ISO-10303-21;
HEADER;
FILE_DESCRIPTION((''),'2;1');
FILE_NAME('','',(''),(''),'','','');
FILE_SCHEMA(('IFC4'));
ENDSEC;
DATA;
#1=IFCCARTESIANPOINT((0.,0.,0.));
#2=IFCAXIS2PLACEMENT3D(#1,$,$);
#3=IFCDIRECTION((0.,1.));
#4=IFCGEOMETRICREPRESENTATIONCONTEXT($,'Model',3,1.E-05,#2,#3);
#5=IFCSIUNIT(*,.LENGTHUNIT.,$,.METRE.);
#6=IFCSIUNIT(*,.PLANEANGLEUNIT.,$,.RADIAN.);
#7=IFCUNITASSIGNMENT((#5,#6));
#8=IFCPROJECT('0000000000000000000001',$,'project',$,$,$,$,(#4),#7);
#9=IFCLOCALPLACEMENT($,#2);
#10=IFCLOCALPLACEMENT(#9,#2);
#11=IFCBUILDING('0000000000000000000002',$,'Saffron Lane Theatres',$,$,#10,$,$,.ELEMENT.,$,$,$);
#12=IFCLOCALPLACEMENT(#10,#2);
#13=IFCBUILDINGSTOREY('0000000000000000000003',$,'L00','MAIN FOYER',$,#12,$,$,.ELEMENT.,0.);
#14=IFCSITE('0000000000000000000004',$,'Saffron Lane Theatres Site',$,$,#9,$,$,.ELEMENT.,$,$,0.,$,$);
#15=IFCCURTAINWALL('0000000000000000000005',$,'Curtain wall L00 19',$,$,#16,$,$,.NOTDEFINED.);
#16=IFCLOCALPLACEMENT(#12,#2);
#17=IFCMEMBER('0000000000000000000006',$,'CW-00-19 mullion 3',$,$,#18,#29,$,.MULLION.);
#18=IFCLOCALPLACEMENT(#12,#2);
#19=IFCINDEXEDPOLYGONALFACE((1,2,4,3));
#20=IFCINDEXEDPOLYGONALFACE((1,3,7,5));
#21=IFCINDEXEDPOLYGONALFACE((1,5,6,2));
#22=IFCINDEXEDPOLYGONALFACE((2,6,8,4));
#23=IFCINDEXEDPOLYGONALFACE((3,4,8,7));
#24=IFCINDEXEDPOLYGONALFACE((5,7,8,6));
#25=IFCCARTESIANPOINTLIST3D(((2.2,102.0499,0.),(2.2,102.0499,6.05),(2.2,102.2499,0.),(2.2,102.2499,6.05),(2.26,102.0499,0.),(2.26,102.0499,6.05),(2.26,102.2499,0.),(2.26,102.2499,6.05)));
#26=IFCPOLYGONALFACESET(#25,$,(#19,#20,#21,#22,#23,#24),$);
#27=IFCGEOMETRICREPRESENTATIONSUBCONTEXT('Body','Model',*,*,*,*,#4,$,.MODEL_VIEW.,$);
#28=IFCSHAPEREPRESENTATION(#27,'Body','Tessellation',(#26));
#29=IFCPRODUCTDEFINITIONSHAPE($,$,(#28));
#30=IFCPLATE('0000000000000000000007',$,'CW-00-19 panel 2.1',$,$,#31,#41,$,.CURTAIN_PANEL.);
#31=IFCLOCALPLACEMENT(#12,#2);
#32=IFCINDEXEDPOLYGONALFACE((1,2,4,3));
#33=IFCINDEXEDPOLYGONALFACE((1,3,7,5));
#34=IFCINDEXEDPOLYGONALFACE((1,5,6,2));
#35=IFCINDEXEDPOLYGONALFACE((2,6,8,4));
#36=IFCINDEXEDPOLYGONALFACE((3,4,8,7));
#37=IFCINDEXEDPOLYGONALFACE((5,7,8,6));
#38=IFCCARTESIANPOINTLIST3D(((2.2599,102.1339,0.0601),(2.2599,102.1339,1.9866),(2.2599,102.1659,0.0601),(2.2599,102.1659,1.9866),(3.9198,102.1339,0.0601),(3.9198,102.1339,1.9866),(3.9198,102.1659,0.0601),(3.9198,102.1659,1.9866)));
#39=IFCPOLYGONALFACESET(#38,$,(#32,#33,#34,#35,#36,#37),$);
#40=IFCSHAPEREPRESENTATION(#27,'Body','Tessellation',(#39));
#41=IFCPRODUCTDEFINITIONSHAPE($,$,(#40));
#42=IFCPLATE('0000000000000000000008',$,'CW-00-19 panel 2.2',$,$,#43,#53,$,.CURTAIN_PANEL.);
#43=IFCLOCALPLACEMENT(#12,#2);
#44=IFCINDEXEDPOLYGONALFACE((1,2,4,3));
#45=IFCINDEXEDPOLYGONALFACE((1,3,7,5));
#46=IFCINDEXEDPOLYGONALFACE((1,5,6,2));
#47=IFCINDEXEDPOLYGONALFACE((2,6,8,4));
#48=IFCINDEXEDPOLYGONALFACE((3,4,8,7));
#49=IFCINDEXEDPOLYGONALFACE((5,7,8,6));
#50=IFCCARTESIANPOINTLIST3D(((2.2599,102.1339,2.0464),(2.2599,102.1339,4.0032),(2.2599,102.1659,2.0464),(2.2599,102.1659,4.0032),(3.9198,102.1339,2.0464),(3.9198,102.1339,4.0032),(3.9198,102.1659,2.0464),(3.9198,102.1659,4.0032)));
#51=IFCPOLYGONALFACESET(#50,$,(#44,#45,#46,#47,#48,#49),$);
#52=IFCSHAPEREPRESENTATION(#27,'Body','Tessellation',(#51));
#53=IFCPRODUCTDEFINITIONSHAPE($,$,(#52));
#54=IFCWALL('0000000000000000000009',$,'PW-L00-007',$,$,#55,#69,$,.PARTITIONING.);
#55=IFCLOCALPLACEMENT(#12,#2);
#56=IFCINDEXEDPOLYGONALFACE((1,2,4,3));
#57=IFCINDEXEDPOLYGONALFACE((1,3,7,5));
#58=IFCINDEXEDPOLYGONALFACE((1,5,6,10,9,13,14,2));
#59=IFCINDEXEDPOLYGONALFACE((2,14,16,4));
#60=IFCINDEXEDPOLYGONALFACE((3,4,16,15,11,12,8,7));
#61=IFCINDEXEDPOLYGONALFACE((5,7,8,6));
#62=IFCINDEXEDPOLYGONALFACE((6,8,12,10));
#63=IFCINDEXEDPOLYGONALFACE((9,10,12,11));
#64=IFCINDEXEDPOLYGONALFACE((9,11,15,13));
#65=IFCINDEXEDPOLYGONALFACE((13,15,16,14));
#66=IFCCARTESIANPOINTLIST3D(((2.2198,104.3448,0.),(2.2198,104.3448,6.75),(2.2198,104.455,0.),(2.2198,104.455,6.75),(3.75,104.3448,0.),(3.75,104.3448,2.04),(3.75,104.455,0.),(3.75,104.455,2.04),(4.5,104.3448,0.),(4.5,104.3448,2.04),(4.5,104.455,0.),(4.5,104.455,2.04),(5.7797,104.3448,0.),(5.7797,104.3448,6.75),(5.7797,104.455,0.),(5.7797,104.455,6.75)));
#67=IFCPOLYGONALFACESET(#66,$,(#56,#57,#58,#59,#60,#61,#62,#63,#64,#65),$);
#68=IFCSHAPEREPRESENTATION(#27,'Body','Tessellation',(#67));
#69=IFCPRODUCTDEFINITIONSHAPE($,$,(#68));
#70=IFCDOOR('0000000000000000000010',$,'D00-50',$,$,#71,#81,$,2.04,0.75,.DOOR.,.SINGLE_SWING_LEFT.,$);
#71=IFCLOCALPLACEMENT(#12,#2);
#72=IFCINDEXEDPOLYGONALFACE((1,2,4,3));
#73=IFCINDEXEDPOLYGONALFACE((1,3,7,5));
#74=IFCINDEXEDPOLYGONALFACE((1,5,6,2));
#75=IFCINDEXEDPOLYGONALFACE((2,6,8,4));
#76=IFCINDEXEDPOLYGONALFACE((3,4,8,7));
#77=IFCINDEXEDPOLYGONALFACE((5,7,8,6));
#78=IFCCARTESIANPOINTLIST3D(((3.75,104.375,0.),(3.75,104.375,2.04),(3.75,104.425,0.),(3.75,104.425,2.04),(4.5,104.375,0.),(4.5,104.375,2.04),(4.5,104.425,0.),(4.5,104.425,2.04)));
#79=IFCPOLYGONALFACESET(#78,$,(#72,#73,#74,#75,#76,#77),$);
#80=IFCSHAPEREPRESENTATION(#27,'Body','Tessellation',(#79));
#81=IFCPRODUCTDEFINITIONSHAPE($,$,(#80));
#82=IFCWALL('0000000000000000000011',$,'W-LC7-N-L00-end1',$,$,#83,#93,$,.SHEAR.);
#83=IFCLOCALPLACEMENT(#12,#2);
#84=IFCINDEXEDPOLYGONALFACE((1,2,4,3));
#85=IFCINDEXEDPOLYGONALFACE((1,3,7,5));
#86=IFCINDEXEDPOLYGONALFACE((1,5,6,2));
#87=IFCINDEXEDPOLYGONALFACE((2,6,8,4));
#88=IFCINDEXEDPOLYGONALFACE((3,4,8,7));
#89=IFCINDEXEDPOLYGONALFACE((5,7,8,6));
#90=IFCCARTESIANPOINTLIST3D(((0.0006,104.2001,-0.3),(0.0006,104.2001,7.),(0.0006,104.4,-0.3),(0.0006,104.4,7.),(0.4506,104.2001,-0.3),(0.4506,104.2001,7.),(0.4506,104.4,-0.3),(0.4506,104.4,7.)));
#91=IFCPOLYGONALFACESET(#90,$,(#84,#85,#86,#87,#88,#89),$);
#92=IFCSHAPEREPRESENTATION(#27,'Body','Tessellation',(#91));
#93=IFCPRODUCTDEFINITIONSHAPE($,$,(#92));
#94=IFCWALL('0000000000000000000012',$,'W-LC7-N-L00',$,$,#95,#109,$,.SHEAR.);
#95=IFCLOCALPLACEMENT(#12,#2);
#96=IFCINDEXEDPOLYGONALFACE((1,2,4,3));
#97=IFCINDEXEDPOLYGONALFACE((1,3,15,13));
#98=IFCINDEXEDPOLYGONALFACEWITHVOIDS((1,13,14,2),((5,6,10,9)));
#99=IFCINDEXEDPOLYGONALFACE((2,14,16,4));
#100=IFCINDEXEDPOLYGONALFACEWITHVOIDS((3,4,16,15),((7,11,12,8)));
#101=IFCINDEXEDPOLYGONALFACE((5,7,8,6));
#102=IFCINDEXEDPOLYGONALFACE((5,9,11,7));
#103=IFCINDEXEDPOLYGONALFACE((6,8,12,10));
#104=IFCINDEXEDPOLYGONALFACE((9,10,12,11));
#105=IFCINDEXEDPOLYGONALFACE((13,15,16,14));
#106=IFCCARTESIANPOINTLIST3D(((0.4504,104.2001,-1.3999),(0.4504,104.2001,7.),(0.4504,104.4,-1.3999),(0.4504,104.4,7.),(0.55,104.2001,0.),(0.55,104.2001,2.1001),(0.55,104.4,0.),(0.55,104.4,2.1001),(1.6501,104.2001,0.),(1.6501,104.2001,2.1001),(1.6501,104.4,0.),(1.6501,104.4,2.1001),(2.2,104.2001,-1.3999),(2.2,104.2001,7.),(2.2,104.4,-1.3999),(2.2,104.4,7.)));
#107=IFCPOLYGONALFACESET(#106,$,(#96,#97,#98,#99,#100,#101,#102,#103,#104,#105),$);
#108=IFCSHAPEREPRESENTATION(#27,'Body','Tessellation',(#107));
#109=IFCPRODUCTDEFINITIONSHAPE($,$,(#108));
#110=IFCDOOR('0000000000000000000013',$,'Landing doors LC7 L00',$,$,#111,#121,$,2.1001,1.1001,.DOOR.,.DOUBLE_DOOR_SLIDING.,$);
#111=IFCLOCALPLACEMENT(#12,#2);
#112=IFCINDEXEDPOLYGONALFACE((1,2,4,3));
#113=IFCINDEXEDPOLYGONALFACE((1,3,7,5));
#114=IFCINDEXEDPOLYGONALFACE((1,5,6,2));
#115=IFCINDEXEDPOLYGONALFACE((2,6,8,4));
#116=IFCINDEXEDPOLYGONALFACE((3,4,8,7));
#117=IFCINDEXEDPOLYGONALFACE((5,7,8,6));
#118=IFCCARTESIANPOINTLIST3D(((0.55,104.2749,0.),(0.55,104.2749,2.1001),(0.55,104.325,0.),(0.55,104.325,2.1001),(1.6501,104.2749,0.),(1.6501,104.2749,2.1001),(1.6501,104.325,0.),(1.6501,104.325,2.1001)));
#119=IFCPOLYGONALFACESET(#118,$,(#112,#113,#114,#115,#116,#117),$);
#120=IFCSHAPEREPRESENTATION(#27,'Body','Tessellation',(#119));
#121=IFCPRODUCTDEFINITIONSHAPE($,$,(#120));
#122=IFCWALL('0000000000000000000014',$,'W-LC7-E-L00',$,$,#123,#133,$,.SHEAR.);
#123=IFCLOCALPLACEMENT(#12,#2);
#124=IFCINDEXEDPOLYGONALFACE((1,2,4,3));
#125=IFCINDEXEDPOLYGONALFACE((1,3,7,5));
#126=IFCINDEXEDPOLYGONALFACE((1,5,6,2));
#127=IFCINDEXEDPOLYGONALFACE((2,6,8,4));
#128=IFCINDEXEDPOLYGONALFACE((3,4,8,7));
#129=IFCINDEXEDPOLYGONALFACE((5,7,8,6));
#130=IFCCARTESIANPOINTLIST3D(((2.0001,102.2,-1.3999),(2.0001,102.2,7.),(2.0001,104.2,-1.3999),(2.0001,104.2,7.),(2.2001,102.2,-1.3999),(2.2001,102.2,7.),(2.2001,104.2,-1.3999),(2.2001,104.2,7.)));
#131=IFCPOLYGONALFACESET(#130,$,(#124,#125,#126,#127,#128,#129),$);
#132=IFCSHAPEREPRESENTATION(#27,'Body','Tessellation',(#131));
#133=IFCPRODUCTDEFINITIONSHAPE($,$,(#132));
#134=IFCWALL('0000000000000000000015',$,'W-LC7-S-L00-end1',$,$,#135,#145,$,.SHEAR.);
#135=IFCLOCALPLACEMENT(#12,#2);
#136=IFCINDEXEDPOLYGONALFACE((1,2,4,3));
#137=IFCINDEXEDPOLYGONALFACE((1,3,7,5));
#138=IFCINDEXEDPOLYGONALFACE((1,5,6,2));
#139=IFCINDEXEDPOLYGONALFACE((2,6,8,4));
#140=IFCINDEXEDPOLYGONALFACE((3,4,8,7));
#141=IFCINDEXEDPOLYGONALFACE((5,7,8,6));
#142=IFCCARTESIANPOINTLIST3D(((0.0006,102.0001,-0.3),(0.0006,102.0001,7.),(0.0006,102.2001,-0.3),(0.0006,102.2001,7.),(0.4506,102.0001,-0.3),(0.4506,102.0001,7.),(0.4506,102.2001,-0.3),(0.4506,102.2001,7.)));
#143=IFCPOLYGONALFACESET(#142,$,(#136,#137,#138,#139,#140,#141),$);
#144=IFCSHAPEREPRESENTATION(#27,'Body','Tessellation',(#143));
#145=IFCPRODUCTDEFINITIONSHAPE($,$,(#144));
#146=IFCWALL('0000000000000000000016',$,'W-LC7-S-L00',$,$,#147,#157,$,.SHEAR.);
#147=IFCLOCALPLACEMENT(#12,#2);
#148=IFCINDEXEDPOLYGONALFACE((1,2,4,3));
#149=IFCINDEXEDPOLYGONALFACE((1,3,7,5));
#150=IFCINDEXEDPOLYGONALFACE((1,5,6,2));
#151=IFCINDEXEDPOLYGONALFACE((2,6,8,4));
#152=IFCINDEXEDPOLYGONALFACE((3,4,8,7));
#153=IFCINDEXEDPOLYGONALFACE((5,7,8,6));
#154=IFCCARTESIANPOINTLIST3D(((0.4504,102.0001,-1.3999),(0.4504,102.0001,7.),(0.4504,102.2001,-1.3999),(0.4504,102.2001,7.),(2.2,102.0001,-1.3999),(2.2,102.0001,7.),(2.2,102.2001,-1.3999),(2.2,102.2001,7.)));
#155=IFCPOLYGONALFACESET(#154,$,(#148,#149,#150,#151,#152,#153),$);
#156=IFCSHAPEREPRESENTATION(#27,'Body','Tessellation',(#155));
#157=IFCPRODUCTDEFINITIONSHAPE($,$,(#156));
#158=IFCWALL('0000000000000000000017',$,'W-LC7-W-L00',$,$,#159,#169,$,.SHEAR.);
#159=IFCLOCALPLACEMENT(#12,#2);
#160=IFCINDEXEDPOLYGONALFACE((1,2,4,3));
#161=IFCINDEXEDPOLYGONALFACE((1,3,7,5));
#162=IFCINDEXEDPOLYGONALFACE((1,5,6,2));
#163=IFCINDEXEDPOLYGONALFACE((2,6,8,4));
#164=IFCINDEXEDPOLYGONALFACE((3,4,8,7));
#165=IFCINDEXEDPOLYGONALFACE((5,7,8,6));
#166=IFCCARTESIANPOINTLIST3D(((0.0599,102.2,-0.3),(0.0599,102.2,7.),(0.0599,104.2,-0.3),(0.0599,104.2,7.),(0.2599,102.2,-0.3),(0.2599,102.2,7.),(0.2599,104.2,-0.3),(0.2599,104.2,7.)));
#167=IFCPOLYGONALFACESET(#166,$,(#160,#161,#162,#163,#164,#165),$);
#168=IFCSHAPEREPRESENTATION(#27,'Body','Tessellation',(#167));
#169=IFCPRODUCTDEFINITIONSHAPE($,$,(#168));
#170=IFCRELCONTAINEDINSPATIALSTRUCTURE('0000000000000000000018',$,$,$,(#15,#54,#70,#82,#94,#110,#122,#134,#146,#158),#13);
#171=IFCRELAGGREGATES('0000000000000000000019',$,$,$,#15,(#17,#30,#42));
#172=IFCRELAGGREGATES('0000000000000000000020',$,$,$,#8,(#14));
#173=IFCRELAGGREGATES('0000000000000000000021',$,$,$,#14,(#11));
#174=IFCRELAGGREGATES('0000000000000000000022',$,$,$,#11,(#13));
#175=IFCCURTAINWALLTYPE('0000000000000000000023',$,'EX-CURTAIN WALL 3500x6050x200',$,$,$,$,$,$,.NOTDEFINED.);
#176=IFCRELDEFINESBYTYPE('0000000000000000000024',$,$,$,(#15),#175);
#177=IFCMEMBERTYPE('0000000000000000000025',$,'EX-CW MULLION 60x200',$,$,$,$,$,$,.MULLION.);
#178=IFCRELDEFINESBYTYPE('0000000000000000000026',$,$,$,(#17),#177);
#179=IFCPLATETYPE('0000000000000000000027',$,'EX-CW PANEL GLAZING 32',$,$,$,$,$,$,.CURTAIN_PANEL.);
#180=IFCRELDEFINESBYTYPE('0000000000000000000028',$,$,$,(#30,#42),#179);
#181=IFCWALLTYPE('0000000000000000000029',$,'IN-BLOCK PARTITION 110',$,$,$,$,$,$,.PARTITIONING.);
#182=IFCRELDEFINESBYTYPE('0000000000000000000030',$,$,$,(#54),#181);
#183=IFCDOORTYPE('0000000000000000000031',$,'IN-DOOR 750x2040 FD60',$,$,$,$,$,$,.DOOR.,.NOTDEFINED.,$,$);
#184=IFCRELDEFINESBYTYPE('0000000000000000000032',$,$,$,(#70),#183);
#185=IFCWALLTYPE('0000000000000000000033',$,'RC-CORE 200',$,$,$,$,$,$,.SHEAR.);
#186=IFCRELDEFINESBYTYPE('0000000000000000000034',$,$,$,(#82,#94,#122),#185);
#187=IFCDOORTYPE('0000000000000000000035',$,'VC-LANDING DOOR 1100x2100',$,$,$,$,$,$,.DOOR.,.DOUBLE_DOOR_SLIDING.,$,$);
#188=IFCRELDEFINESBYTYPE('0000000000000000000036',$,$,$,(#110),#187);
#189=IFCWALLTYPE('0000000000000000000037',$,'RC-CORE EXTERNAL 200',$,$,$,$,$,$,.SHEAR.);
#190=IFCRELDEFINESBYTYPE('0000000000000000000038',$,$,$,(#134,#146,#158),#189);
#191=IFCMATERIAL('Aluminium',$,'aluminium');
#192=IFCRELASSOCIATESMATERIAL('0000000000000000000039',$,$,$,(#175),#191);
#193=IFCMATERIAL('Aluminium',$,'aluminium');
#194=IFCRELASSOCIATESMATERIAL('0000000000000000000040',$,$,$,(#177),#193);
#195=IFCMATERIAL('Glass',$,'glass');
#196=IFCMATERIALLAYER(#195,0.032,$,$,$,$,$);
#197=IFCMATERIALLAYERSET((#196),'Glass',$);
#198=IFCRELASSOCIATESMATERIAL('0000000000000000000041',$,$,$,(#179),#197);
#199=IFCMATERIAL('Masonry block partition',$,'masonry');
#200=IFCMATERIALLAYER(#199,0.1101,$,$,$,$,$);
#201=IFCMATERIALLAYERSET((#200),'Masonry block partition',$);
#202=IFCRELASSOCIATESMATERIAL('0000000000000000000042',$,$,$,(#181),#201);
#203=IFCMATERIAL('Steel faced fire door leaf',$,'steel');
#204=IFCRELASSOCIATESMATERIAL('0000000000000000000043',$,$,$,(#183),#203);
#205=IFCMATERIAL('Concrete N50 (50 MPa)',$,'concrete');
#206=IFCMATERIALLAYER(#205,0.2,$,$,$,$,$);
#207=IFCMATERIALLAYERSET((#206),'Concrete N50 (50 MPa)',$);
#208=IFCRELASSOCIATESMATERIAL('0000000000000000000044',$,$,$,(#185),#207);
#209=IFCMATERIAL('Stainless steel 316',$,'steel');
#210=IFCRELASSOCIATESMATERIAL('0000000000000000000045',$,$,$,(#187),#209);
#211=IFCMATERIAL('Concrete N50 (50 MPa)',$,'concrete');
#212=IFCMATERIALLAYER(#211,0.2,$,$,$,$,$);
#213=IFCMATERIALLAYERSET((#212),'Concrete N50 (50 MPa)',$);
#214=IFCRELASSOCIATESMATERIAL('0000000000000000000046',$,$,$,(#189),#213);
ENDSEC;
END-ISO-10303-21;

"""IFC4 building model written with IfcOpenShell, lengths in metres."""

from ifc_helpers import new_model, si_unit, direction, frame, frame_2d, origin, origin_2d, place, context, subcontext, project, spatial, rectangle, extrude, material, layer, layer_set, material_profile, profile_set, type_object, element, fill, aggregate, save


model = new_model("IFC4")

# Units and contexts
model_context = context("Model", 3, precision=1e-05, world=origin(), true_north=direction((0.0, 1.0)))
body_context = subcontext(model_context, "Body", "Model", "MODEL_VIEW")
ifc_project = project(units=[si_unit("LENGTHUNIT", "METRE"), si_unit("PLANEANGLEUNIT", "RADIAN")], contexts=[model_context])

# Site, building, storey
site_placement = place(None, origin())
site = spatial("IfcSite", under=ifc_project, at=site_placement, Name="Saffron Lane Theatres Site", CompositionType="ELEMENT", RefElevation=0.0)
building_placement = place(site_placement, origin())
building = spatial("IfcBuilding", under=site, at=building_placement, Name="Saffron Lane Theatres", CompositionType="ELEMENT")
storey_placement = place(building_placement, origin())
storey = spatial("IfcBuildingStorey", under=building, at=storey_placement, Name="L00", Description="MAIN FOYER", CompositionType="ELEMENT", Elevation=0.0)

# Curtain wall, member, plates
ifc_material_1 = material(Name="Aluminium", Category="aluminium")
curtain_wall_type = type_object("IfcCurtainWallType", Name="EX-CURTAIN WALL 3500x6050x200", PredefinedType="NOTDEFINED", material=ifc_material_1)
curtain_wall_placement = place(storey_placement, origin())
curtain_wall = element("IfcCurtainWall", 1, at=curtain_wall_placement, inside=storey, type_object=curtain_wall_type, Name="Curtain wall L00 19", PredefinedType="NOTDEFINED")
ifc_material_2 = material(Name="Aluminium", Category="aluminium")
ifc_material_profile = material_profile(ifc_material_2, rectangle(XDim=0.0601, YDim=0.2, at=origin_2d()))
ifc_profile_set = profile_set([ifc_material_profile], Name="Aluminium")
member_type = type_object("IfcMemberType", Name="EX-CW MULLION 60x200", PredefinedType="MULLION", material=ifc_profile_set)
member_placement = place(storey_placement, frame((2.23, 102.1499, 0.0), z_axis=(0.0, 0.0, 1.0), x_axis=(-1.0, 0.0, 0.0)))
member = element("IfcMember", 2, at=member_placement, type_object=member_type, Name="CW-00-19 mullion 3", PredefinedType="MULLION", context=body_context, shape_type="SweptSolid", body=[
    extrude(rectangle(XDim=0.0601, YDim=0.2, at=origin_2d()), origin(), (0.0, 0.0, 1.0), 6.05),
])
ifc_material_3 = material(Name="Glass", Category="glass")
ifc_layer_1 = layer(ifc_material_3, 0.032)
ifc_layer_set_1 = layer_set([ifc_layer_1], Name="Glass")
plate_type = type_object("IfcPlateType", Name="EX-CW PANEL GLAZING 32", PredefinedType="CURTAIN_PANEL", material=ifc_layer_set_1)
plate_1_placement = place(storey_placement, frame((3.0898, 102.1499, 0.0601), z_axis=(0.0, 0.0, 1.0), x_axis=(-1.0, 0.0, 0.0)))
plate_1 = element("IfcPlate", 3, at=plate_1_placement, type_object=plate_type, Name="CW-00-19 panel 2.1", PredefinedType="CURTAIN_PANEL", context=body_context, shape_type="SweptSolid", body=[
    extrude(rectangle(XDim=1.6599, YDim=0.032, at=origin_2d()), origin(), (0.0, 0.0, 1.0), 1.9265),
])
plate_2_placement = place(storey_placement, frame((3.0898, 102.1499, 2.0464), z_axis=(0.0, 0.0, 1.0), x_axis=(-1.0, 0.0, 0.0)))
plate_2 = element("IfcPlate", 4, at=plate_2_placement, type_object=plate_type, Name="CW-00-19 panel 2.2", PredefinedType="CURTAIN_PANEL", context=body_context, shape_type="SweptSolid", body=[
    extrude(rectangle(XDim=1.6599, YDim=0.032, at=origin_2d()), origin(), (0.0, 0.0, 1.0), 1.9568),
])
aggregate(curtain_wall, [member, plate_1, plate_2])

# Wall, opening, door
ifc_material_4 = material(Name="Masonry block partition", Category="masonry")
ifc_layer_2 = layer(ifc_material_4, 0.1101)
ifc_layer_set_2 = layer_set([ifc_layer_2], Name="Masonry block partition")
wall_type_1 = type_object("IfcWallType", Name="IN-BLOCK PARTITION 110", PredefinedType="PARTITIONING", material=ifc_layer_set_2)
wall_1_placement = place(storey_placement, frame((2.22, 104.3999, 0.0), z_axis=(0.0, 0.0, 1.0), x_axis=(1.0, 0.0, 0.0)))
wall_1 = element("IfcWall", 5, at=wall_1_placement, inside=storey, type_object=wall_type_1, Name="PW-L00-007", PredefinedType="PARTITIONING", context=body_context, shape_type="SweptSolid", body=[
    extrude(rectangle(XDim=3.5598, YDim=0.1101, at=frame_2d((1.7798, 0.0))), origin(), (0.0, 0.0, 1.0), 6.75),
])
opening_1_placement = place(wall_1_placement, frame((1.53, 0.0, 0.0)))
opening_1 = element("IfcOpeningElement", 6, at=opening_1_placement, cuts=wall_1, PredefinedType="OPENING", context=body_context, shape_type="SweptSolid", body=[
    extrude(rectangle(XDim=0.75, YDim=2.04, at=frame_2d((0.375, 1.02))), frame((0.0, 0.0649, 0.0), z_axis=(0.0, -1.0, 0.0), x_axis=(1.0, 0.0, 0.0)), (0.0, 0.0, 1.0), 0.1301),
])
ifc_material_5 = material(Name="Steel faced fire door leaf", Category="steel")
door_type_1 = type_object("IfcDoorType", Name="IN-DOOR 750x2040 FD60", OperationType="NOTDEFINED", PredefinedType="DOOR", material=ifc_material_5)
door_1_placement = place(opening_1_placement, frame((0.75, 0.0, 0.0), z_axis=(0.0, 0.0, 1.0), x_axis=(-1.0, 0.0, 0.0)))
door_1 = element("IfcDoor", 7, at=door_1_placement, inside=storey, type_object=door_type_1, Name="D00-50", OperationType="SINGLE_SWING_LEFT", OverallHeight=2.04, OverallWidth=0.75, PredefinedType="DOOR", context=body_context, shape_type="SweptSolid", body=[
    extrude(rectangle(XDim=0.75, YDim=2.04, at=frame_2d((0.375, 1.02))), frame((0.0, 0.0249, 0.0), z_axis=(0.0, -1.0, 0.0), x_axis=(1.0, 0.0, 0.0)), (0.0, 0.0, 1.0), 0.05),
])
fill(opening_1, door_1)

# Wall
ifc_material_6 = material(Name="Concrete N50 (50 MPa)", Category="concrete")
ifc_layer_3 = layer(ifc_material_6, 0.2)
ifc_layer_set_3 = layer_set([ifc_layer_3], Name="Concrete N50 (50 MPa)")
wall_type_2 = type_object("IfcWallType", Name="RC-CORE 200", PredefinedType="SHEAR", material=ifc_layer_set_3)
wall_2_placement = place(storey_placement, frame((0.0005, 104.3, -0.3), z_axis=(0.0, 0.0, 1.0), x_axis=(1.0, 0.0, 0.0)))
element("IfcWall", 8, at=wall_2_placement, inside=storey, type_object=wall_type_2, Name="W-LC7-N-L00-end1", PredefinedType="SHEAR", context=body_context, shape_type="SweptSolid", body=[
    extrude(rectangle(XDim=0.45, YDim=0.2, at=frame_2d((0.2251, 0.0))), origin(), (0.0, 0.0, 1.0), 7.3),
])

# Wall, opening, door
wall_3_placement = place(storey_placement, frame((0.4504, 104.3, -1.3999), z_axis=(0.0, 0.0, 1.0), x_axis=(1.0, 0.0, 0.0)))
wall_3 = element("IfcWall", 9, at=wall_3_placement, inside=storey, type_object=wall_type_2, Name="W-LC7-N-L00", PredefinedType="SHEAR", context=body_context, shape_type="SweptSolid", body=[
    extrude(rectangle(XDim=1.7495, YDim=0.2, at=frame_2d((0.8748, 0.0))), origin(), (0.0, 0.0, 1.0), 8.3999),
])
opening_2_placement = place(wall_3_placement, frame((0.0996, 0.0, 1.3999)))
opening_2 = element("IfcOpeningElement", 10, at=opening_2_placement, cuts=wall_3, PredefinedType="OPENING", context=body_context, shape_type="SweptSolid", body=[
    extrude(rectangle(XDim=1.1001, YDim=2.1001, at=frame_2d((0.55, 1.05))), frame((0.0, 0.1099, 0.0), z_axis=(0.0, -1.0, 0.0), x_axis=(1.0, 0.0, 0.0)), (0.0, 0.0, 1.0), 0.22),
])
ifc_material_7 = material(Name="Stainless steel 316", Category="steel")
door_type_2 = type_object("IfcDoorType", Name="VC-LANDING DOOR 1100x2100", OperationType="DOUBLE_DOOR_SLIDING", PredefinedType="DOOR", material=ifc_material_7)
door_2_placement = place(opening_2_placement, origin())
door_2 = element("IfcDoor", 11, at=door_2_placement, inside=storey, type_object=door_type_2, Name="Landing doors LC7 L00", OperationType="DOUBLE_DOOR_SLIDING", OverallHeight=2.1001, OverallWidth=1.1001, PredefinedType="DOOR", context=body_context, shape_type="SweptSolid", body=[
    extrude(rectangle(XDim=1.1001, YDim=2.1001, at=frame_2d((0.55, 1.05))), frame((0.0, 0.0249, 0.0), z_axis=(0.0, -1.0, 0.0), x_axis=(1.0, 0.0, 0.0)), (0.0, 0.0, 1.0), 0.05),
])
fill(opening_2, door_2)

# Walls
wall_4_placement = place(storey_placement, frame((2.1001, 102.2, -1.3999), z_axis=(0.0, 0.0, 1.0), x_axis=(0.0, 1.0, 0.0)))
element("IfcWall", 12, at=wall_4_placement, inside=storey, type_object=wall_type_2, Name="W-LC7-E-L00", PredefinedType="SHEAR", context=body_context, shape_type="SweptSolid", body=[
    extrude(rectangle(XDim=2.0, YDim=0.2, at=frame_2d((1.0, 0.0))), origin(), (0.0, 0.0, 1.0), 8.3999),
])
ifc_material_8 = material(Name="Concrete N50 (50 MPa)", Category="concrete")
ifc_layer_4 = layer(ifc_material_8, 0.2)
ifc_layer_set_4 = layer_set([ifc_layer_4], Name="Concrete N50 (50 MPa)")
wall_type_3 = type_object("IfcWallType", Name="RC-CORE EXTERNAL 200", PredefinedType="SHEAR", material=ifc_layer_set_4)
wall_5_placement = place(storey_placement, frame((0.0005, 102.1001, -0.3), z_axis=(0.0, 0.0, 1.0), x_axis=(1.0, 0.0, 0.0)))
element("IfcWall", 13, at=wall_5_placement, inside=storey, type_object=wall_type_3, Name="W-LC7-S-L00-end1", PredefinedType="SHEAR", context=body_context, shape_type="SweptSolid", body=[
    extrude(rectangle(XDim=0.45, YDim=0.2, at=frame_2d((0.2251, 0.0))), origin(), (0.0, 0.0, 1.0), 7.3),
])
wall_6_placement = place(storey_placement, frame((0.4504, 102.1001, -1.3999), z_axis=(0.0, 0.0, 1.0), x_axis=(1.0, 0.0, 0.0)))
element("IfcWall", 14, at=wall_6_placement, inside=storey, type_object=wall_type_3, Name="W-LC7-S-L00", PredefinedType="SHEAR", context=body_context, shape_type="SweptSolid", body=[
    extrude(rectangle(XDim=1.7495, YDim=0.2, at=frame_2d((0.8748, 0.0))), origin(), (0.0, 0.0, 1.0), 8.3999),
])
wall_7_placement = place(storey_placement, frame((0.1599, 102.2, -0.3), z_axis=(0.0, 0.0, 1.0), x_axis=(0.0, 1.0, 0.0)))
element("IfcWall", 15, at=wall_7_placement, inside=storey, type_object=wall_type_3, Name="W-LC7-W-L00", PredefinedType="SHEAR", context=body_context, shape_type="SweptSolid", body=[
    extrude(rectangle(XDim=2.0, YDim=0.2, at=frame_2d((1.0, 0.0))), origin(), (0.0, 0.0, 1.0), 7.3),
])

save(model, "model.ifc")
